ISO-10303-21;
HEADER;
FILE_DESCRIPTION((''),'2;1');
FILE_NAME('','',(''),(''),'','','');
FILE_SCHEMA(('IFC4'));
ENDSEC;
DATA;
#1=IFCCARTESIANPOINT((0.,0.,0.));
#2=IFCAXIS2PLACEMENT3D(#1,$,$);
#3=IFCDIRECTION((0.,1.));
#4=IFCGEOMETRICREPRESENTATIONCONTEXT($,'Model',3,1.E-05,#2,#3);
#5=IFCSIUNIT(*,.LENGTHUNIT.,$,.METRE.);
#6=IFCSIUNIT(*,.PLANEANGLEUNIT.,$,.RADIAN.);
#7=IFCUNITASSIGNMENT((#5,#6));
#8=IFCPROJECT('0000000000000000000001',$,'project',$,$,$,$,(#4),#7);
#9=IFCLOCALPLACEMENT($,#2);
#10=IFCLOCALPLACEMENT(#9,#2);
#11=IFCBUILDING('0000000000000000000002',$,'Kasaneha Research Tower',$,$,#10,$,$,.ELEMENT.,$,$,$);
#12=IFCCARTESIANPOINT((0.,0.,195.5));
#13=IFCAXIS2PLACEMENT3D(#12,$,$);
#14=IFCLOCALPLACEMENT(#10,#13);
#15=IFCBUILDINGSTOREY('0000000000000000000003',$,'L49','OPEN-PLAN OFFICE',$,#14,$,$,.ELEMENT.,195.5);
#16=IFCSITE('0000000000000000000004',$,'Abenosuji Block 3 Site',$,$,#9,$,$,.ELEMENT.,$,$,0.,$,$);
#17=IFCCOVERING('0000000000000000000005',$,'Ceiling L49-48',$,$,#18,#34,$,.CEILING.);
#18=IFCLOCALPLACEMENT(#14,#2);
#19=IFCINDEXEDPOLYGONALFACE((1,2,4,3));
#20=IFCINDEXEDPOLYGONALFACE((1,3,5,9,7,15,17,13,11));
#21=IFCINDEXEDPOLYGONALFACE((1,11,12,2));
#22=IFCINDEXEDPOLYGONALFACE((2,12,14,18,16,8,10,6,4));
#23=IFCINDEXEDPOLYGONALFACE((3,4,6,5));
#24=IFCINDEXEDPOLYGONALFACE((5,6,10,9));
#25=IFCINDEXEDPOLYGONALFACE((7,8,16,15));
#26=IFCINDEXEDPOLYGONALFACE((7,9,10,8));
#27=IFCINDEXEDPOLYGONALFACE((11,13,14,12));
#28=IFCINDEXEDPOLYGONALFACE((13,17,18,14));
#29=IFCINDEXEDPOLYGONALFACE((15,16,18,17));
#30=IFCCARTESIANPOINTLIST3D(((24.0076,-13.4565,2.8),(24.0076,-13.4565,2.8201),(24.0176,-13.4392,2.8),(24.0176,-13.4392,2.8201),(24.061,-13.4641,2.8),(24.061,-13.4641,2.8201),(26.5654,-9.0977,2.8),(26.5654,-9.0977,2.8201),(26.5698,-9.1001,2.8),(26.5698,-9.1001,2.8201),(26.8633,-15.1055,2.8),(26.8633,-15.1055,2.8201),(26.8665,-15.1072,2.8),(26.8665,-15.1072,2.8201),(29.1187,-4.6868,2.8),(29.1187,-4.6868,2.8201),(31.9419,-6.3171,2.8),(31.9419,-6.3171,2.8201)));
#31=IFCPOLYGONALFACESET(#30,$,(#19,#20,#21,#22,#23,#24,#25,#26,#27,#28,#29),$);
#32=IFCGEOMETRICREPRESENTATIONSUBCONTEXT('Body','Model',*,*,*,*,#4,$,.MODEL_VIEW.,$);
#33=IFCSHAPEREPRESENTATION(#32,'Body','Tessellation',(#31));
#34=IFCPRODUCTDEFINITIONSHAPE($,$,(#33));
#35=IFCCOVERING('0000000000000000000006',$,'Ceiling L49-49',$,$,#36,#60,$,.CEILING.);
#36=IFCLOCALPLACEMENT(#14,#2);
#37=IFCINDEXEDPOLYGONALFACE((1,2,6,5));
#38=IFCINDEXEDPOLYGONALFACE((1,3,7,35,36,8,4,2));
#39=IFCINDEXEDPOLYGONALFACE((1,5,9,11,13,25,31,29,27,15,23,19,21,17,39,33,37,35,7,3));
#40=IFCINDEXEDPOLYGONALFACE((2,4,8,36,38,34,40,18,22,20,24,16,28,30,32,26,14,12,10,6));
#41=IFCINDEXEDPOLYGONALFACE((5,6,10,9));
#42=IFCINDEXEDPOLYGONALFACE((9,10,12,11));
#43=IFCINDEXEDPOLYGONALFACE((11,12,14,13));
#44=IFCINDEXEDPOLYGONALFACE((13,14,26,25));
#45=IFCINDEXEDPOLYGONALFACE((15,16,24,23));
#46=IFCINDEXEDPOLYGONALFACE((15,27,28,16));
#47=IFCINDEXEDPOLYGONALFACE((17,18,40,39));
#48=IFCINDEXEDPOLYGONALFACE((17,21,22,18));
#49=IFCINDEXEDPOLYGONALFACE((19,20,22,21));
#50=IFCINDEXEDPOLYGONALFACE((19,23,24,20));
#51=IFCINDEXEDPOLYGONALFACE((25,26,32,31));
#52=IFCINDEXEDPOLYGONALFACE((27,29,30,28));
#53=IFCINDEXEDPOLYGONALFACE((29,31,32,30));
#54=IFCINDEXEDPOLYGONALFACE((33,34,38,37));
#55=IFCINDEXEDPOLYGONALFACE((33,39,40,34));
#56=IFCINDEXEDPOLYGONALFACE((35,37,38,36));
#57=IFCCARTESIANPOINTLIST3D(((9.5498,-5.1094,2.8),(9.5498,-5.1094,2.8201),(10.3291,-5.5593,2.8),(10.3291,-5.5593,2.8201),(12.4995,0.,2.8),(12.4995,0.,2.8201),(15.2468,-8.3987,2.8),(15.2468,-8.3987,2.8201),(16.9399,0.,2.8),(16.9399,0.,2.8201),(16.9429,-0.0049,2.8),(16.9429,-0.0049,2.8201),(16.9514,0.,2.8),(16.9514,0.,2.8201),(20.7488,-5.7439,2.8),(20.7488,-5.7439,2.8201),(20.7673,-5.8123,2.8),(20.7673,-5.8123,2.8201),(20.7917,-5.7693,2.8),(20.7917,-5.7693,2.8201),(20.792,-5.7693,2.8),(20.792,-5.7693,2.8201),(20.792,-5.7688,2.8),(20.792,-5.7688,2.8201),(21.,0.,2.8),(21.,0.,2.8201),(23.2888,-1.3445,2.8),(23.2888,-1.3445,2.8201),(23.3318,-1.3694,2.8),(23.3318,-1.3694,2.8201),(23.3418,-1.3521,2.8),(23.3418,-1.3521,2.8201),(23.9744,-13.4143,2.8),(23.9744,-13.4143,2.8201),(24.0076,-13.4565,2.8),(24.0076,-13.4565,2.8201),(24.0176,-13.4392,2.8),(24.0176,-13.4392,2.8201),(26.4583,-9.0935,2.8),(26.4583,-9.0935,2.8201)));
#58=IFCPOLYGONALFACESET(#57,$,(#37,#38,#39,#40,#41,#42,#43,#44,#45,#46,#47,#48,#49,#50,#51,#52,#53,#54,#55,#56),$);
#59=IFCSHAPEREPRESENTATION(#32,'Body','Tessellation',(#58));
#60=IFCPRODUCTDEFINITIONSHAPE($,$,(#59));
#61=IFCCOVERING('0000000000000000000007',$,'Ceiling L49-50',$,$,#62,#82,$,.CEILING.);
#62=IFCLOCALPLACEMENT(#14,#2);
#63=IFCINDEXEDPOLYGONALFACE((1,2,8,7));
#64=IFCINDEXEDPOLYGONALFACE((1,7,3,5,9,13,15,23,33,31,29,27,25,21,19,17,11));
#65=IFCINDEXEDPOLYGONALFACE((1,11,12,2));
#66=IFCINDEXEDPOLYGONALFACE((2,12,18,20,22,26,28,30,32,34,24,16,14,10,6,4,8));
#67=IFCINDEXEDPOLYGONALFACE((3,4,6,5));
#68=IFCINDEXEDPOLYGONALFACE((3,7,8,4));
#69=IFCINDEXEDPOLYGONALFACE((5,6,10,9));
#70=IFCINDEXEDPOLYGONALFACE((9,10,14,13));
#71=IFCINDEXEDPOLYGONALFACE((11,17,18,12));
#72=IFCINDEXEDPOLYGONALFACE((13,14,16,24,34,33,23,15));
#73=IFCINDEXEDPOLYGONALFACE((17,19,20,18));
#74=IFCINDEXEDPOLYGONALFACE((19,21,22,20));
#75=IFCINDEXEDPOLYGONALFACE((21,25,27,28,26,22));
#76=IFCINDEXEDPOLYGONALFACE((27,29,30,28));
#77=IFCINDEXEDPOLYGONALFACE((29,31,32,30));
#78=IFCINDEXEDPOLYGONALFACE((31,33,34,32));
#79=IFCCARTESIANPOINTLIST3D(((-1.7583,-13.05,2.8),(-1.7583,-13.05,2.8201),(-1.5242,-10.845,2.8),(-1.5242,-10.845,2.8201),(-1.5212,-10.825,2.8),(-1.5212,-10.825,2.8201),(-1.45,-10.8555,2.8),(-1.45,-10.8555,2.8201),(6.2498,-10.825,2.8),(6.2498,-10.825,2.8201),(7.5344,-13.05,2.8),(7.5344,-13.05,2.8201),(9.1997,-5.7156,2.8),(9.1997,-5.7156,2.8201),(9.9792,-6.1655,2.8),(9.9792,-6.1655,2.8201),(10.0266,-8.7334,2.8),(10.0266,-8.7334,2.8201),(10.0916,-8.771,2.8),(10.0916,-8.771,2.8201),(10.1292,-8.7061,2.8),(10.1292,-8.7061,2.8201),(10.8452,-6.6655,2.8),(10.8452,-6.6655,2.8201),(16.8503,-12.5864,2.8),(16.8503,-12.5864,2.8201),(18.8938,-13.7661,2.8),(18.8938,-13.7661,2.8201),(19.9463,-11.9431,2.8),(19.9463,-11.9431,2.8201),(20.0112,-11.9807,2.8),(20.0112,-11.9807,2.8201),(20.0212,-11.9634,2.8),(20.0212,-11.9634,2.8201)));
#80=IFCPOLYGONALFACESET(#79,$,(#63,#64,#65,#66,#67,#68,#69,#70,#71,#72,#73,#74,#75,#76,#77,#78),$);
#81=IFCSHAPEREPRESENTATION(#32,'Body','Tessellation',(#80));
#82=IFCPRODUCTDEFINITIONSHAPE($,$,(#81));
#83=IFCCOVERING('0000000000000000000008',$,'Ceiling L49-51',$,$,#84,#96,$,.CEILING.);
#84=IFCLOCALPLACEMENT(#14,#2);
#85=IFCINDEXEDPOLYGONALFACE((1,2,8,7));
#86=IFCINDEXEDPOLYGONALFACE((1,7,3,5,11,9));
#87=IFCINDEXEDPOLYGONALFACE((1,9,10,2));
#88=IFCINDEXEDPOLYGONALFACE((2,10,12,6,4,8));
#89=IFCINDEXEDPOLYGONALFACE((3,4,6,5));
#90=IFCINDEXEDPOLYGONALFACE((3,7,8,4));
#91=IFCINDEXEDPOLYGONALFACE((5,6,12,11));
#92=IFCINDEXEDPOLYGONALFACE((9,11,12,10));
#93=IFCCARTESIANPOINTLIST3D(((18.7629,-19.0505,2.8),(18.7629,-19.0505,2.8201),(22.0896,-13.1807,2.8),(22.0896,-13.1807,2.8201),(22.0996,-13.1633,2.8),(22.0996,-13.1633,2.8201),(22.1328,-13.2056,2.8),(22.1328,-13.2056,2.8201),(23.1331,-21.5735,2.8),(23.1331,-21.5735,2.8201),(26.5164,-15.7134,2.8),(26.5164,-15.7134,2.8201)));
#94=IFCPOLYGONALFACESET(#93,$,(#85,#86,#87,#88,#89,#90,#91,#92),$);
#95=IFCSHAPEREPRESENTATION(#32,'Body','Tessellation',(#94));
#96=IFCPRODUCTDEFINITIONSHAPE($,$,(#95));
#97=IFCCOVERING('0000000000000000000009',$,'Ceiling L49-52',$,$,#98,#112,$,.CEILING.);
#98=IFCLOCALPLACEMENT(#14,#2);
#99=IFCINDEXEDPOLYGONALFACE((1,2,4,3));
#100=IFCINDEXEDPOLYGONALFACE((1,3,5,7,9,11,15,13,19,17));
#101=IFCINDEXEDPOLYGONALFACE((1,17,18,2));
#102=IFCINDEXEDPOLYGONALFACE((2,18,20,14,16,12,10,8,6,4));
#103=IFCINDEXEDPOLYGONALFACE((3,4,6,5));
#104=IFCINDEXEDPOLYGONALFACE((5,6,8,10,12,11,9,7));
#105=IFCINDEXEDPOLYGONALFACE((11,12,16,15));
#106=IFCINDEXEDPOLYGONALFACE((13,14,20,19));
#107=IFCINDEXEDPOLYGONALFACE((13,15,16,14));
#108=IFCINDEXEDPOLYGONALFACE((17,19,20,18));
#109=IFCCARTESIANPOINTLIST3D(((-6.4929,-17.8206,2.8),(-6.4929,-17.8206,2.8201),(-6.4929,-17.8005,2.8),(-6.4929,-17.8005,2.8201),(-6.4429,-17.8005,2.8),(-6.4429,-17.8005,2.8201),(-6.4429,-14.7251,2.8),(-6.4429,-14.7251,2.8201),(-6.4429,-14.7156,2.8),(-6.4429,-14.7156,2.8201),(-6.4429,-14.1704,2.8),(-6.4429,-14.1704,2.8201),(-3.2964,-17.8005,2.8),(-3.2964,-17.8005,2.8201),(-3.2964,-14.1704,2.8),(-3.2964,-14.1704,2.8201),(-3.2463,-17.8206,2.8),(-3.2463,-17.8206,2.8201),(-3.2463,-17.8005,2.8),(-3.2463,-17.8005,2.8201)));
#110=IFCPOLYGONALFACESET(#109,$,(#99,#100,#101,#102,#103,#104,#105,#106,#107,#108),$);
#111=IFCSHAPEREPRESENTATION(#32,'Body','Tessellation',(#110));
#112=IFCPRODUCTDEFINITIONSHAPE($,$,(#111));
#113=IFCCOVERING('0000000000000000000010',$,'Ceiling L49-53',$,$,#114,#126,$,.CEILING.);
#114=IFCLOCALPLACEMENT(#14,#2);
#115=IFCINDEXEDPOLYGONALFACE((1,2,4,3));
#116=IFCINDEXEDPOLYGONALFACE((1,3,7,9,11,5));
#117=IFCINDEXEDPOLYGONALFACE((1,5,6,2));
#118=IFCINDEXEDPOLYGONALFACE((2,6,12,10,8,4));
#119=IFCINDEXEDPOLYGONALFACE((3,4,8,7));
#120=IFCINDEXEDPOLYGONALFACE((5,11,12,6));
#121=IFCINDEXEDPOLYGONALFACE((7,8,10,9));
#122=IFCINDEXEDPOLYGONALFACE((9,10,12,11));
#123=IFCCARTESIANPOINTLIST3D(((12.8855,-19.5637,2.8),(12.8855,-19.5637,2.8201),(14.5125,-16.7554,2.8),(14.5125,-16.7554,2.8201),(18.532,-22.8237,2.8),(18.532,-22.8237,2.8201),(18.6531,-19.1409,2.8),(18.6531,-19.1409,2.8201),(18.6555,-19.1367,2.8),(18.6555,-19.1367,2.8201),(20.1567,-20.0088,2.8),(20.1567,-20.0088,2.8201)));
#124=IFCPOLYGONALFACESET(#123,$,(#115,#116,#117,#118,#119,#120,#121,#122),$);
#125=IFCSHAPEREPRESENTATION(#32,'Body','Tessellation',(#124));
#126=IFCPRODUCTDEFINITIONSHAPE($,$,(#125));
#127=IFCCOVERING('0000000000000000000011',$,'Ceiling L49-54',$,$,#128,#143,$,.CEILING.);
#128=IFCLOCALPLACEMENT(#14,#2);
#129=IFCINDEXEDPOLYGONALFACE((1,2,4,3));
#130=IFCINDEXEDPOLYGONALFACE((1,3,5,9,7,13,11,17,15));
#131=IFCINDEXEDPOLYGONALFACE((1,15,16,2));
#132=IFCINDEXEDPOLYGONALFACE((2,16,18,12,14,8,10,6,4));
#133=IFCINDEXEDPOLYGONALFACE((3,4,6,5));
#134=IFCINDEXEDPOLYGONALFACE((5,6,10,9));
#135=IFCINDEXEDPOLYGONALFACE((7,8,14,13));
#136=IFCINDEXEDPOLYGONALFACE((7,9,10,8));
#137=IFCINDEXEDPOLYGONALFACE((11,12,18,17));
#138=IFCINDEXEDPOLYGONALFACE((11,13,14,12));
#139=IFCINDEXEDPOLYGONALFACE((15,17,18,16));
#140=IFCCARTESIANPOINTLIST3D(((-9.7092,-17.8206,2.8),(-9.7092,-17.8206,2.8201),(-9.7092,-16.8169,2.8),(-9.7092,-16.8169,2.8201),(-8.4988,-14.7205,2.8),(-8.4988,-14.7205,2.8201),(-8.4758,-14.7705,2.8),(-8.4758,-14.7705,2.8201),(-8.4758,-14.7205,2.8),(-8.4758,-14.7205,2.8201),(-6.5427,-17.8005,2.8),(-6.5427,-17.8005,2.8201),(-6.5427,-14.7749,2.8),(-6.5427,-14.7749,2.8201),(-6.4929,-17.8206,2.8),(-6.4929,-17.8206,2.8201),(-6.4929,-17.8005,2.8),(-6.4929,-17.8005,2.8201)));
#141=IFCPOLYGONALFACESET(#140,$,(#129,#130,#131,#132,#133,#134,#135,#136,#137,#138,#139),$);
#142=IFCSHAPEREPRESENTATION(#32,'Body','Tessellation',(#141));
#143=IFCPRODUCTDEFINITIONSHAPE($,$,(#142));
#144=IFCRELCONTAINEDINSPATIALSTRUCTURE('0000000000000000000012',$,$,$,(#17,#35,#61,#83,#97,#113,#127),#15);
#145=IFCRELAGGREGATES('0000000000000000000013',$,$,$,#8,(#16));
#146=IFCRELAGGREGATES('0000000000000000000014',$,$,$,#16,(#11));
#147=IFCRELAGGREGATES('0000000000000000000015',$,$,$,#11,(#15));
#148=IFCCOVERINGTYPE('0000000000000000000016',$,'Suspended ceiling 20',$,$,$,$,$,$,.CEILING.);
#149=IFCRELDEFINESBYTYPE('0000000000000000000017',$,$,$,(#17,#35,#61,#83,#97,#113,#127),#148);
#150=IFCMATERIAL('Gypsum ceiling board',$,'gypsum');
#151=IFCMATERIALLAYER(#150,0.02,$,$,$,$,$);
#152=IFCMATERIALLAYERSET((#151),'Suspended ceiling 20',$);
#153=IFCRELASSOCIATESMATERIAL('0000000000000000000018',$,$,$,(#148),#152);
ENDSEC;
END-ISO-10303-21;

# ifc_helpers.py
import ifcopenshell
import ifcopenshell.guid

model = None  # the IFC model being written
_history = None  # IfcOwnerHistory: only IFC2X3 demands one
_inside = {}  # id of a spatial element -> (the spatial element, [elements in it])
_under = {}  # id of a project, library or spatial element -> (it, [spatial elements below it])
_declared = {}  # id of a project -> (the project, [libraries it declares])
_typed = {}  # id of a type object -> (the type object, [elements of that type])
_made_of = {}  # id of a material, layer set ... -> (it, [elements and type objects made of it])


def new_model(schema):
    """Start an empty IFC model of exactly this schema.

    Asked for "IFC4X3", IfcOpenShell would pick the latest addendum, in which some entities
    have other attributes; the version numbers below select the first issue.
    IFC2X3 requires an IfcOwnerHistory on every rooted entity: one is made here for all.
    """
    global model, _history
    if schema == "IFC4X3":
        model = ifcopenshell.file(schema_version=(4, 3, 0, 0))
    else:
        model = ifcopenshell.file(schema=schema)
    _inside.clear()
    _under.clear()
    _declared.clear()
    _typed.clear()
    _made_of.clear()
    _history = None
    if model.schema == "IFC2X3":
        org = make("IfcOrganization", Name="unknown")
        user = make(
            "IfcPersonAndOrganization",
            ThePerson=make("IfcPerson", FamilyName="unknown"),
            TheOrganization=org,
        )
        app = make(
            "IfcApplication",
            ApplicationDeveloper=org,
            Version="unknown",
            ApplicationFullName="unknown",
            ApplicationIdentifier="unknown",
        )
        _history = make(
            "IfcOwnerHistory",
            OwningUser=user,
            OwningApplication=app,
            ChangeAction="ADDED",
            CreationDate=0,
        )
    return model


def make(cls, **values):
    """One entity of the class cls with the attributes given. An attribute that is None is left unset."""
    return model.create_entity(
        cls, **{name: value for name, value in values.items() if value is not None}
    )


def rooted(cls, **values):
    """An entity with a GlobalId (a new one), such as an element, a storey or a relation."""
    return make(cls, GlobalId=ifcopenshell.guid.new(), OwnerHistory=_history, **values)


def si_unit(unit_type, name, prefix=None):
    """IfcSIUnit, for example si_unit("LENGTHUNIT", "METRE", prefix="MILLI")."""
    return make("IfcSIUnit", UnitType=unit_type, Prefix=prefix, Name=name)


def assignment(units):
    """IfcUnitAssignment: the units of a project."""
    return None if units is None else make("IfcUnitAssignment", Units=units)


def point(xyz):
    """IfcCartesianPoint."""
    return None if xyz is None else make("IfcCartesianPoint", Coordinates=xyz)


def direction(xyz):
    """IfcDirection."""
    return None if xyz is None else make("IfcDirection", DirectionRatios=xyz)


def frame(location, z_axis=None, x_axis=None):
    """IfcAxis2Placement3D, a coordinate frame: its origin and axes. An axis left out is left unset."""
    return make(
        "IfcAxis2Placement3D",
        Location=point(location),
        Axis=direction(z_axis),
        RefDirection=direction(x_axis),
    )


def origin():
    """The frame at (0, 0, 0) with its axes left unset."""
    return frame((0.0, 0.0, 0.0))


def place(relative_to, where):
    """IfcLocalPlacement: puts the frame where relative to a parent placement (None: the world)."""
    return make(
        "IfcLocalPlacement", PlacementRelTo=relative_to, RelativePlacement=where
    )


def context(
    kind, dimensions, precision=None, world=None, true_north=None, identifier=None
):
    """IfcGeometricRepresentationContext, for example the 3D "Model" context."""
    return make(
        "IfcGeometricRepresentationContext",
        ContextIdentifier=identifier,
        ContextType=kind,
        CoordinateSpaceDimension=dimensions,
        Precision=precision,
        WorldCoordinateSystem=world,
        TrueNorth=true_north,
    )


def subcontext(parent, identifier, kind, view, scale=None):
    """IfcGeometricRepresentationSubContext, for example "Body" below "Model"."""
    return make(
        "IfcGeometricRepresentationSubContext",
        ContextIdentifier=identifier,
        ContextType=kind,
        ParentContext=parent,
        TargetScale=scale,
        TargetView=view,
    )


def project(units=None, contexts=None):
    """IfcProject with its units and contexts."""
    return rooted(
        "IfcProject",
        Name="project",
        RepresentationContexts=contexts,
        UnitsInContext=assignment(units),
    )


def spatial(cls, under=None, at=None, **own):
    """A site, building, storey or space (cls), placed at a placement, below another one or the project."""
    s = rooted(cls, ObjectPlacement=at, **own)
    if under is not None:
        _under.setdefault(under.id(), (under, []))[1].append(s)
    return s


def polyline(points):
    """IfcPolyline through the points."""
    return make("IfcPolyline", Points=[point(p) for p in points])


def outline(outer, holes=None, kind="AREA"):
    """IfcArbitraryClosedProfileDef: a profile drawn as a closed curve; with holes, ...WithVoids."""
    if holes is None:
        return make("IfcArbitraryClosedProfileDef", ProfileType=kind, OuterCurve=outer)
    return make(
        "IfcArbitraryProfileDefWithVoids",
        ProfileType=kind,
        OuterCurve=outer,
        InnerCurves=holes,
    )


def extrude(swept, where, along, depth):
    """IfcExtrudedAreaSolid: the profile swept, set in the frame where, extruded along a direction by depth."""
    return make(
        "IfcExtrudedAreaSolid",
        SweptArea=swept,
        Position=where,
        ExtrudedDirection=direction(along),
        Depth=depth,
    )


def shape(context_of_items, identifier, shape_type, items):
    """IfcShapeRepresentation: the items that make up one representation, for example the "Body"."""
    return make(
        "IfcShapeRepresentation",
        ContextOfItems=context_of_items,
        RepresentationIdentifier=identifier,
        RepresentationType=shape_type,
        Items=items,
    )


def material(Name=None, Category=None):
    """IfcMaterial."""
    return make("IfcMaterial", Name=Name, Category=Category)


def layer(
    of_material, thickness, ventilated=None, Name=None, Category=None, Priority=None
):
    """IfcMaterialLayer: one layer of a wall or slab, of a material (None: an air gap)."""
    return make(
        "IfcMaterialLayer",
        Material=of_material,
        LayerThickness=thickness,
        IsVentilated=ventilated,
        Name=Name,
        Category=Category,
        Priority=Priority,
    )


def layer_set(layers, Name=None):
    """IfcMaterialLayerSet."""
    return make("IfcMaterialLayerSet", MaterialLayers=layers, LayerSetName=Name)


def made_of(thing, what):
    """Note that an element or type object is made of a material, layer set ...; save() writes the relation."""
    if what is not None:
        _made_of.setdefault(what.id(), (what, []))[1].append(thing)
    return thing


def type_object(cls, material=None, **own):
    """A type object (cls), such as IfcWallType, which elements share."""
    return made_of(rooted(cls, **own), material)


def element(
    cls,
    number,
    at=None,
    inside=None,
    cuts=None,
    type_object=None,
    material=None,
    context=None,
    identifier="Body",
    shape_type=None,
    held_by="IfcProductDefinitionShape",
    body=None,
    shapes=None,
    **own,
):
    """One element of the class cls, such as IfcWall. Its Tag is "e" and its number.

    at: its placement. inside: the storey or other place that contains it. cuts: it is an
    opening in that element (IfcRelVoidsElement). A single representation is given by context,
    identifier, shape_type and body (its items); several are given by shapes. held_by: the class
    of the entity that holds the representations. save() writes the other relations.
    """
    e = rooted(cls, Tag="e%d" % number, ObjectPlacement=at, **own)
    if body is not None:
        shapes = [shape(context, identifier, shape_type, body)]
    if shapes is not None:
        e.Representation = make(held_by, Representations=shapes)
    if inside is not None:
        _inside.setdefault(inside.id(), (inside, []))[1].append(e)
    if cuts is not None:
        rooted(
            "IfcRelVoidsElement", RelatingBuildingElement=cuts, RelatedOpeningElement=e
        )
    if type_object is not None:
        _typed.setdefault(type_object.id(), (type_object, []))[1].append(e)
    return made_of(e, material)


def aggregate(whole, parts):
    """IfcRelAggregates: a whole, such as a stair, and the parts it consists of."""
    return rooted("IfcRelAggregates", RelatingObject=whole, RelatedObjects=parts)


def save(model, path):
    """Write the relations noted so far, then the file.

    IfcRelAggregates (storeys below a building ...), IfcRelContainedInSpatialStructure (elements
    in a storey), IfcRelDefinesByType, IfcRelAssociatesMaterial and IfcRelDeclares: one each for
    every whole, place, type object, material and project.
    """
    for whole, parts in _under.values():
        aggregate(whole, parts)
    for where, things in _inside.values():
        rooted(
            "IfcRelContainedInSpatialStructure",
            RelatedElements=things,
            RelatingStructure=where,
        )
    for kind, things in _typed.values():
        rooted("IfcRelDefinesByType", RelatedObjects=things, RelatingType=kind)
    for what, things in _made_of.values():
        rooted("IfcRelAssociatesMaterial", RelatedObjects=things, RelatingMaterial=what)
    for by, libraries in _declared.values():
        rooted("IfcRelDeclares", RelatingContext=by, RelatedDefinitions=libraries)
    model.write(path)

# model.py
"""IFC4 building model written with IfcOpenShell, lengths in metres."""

from ifc_helpers import new_model, si_unit, direction, frame, origin, place, context, subcontext, project, spatial, polyline, outline, extrude, material, layer, layer_set, type_object, element, save


model = new_model("IFC4")

# Units and contexts
model_context = context("Model", 3, precision=1e-05, world=origin(), true_north=direction((0.0, 1.0)))
body_context = subcontext(model_context, "Body", "Model", "MODEL_VIEW")
ifc_project = project(units=[si_unit("LENGTHUNIT", "METRE"), si_unit("PLANEANGLEUNIT", "RADIAN")], contexts=[model_context])

# Site, building, storey
site_placement = place(None, origin())
site = spatial("IfcSite", under=ifc_project, at=site_placement, Name="Abenosuji Block 3 Site", CompositionType="ELEMENT", RefElevation=0.0)
building_placement = place(site_placement, origin())
building = spatial("IfcBuilding", under=site, at=building_placement, Name="Kasaneha Research Tower", CompositionType="ELEMENT")
storey_placement = place(building_placement, frame((0.0, 0.0, 195.5)))
storey = spatial("IfcBuildingStorey", under=building, at=storey_placement, Name="L49", Description="OPEN-PLAN OFFICE", CompositionType="ELEMENT", Elevation=195.5)

# Coverings
ifc_material_1 = material(Name="Gypsum ceiling board", Category="gypsum")
ifc_layer_1 = layer(ifc_material_1, 0.02)
ifc_layer_set_1 = layer_set([ifc_layer_1], Name="Suspended ceiling 20")
covering_type_1 = type_object("IfcCoveringType", Name="Suspended ceiling 20", PredefinedType="CEILING", material=ifc_layer_set_1)
covering_1_placement = place(storey_placement, frame((0.0, 0.0, 2.8)))
element("IfcCovering", 1, at=covering_1_placement, inside=storey, type_object=covering_type_1, Name="Ceiling L49-48", PredefinedType="CEILING", context=body_context, shape_type="SweptSolid", body=[
    extrude(outline(polyline([(24.0076, -13.4565), (24.0176, -13.4392), (24.061, -13.4641), (26.5698, -9.1001), (26.5654, -9.0977), (29.1187, -4.6868), (31.9419, -6.3171), (26.8665, -15.1072), (26.8633, -15.1055), (24.0076, -13.4565)])), origin(), (0.0, 0.0, 1.0), 0.02),
])
covering_2_placement = place(storey_placement, frame((0.0, 0.0, 2.8)))
element("IfcCovering", 2, at=covering_2_placement, inside=storey, type_object=covering_type_1, Name="Ceiling L49-49", PredefinedType="CEILING", context=body_context, shape_type="SweptSolid", body=[
    extrude(outline(polyline([(9.5498, -5.1094), (12.4995, 0.0), (16.9399, 0.0), (16.9429, -0.0049), (16.9514, 0.0), (21.0, 0.0), (23.3418, -1.3521), (23.3318, -1.3694), (23.2888, -1.3445), (20.7488, -5.7439), (20.792, -5.7688), (20.7917, -5.7693), (20.792, -5.7693), (20.7673, -5.8123), (26.4583, -9.0935), (23.9744, -13.4143), (24.0176, -13.4392), (24.0076, -13.4565), (15.2468, -8.3987), (10.3291, -5.5593), (10.3291, -5.5593), (9.5498, -5.1094)])), origin(), (0.0, 0.0, 1.0), 0.02),
])
covering_3_placement = place(storey_placement, frame((0.0, 0.0, 2.8)))
element("IfcCovering", 3, at=covering_3_placement, inside=storey, type_object=covering_type_1, Name="Ceiling L49-50", PredefinedType="CEILING", context=body_context, shape_type="SweptSolid", body=[
    extrude(outline(polyline([(10.0916, -8.771), (10.0266, -8.7334), (7.5344, -13.05), (-1.7583, -13.05), (-1.45, -10.8555), (-1.5242, -10.845), (-1.5212, -10.825), (6.2498, -10.825), (9.1997, -5.7156), (9.9792, -6.1655), (9.9792, -6.1655), (10.8452, -6.6655), (10.8452, -6.6655), (20.0212, -11.9634), (20.0112, -11.9807), (19.9463, -11.9431), (18.8938, -13.7661), (16.8503, -12.5864), (16.8503, -12.5864), (10.1292, -8.7061), (10.0916, -8.771), (10.0916, -8.7708), (10.0916, -8.771)])), origin(), (0.0, 0.0, 1.0), 0.02),
])
covering_4_placement = place(storey_placement, frame((0.0, 0.0, 2.8)))
element("IfcCovering", 4, at=covering_4_placement, inside=storey, type_object=covering_type_1, Name="Ceiling L49-51", PredefinedType="CEILING", context=body_context, shape_type="SweptSolid", body=[
    extrude(outline(polyline([(18.7629, -19.0505), (22.1328, -13.2056), (22.0896, -13.1807), (22.0996, -13.1633), (26.5164, -15.7134), (23.1331, -21.5735), (18.7629, -19.0505)])), origin(), (0.0, 0.0, 1.0), 0.02),
])
covering_5_placement = place(storey_placement, frame((0.0, 0.0, 2.8)))
element("IfcCovering", 5, at=covering_5_placement, inside=storey, type_object=covering_type_1, Name="Ceiling L49-52", PredefinedType="CEILING", context=body_context, shape_type="SweptSolid", body=[
    extrude(outline(polyline([(-6.4929, -17.8206), (-6.4929, -17.8005), (-6.4429, -17.8005), (-6.4429, -14.7251), (-6.4429, -14.7156), (-6.4429, -14.1704), (-3.2964, -14.1704), (-3.2964, -17.8005), (-3.2463, -17.8005), (-3.2463, -17.8206), (-6.4929, -17.8206)])), origin(), (0.0, 0.0, 1.0), 0.02),
])
covering_6_placement = place(storey_placement, frame((0.0, 0.0, 2.8)))
element("IfcCovering", 6, at=covering_6_placement, inside=storey, type_object=covering_type_1, Name="Ceiling L49-53", PredefinedType="CEILING", context=body_context, shape_type="SweptSolid", body=[
    extrude(outline(polyline([(12.8855, -19.5637), (14.5125, -16.7554), (18.6531, -19.1409), (18.6555, -19.1367), (20.1567, -20.0088), (18.532, -22.8237), (12.8855, -19.5637)])), origin(), (0.0, 0.0, 1.0), 0.02),
])
covering_7_placement = place(storey_placement, frame((0.0, 0.0, 2.8)))
element("IfcCovering", 7, at=covering_7_placement, inside=storey, type_object=covering_type_1, Name="Ceiling L49-54", PredefinedType="CEILING", context=body_context, shape_type="SweptSolid", body=[
    extrude(outline(polyline([(-9.7092, -16.8169), (-8.4988, -14.7205), (-8.4758, -14.7205), (-8.4758, -14.7705), (-6.5427, -14.7749), (-6.5427, -17.8005), (-6.4929, -17.8005), (-6.4929, -17.8206), (-9.7092, -17.8206), (-9.7092, -16.8169)])), origin(), (0.0, 0.0, 1.0), 0.02),
])

save(model, "model.ifc")
